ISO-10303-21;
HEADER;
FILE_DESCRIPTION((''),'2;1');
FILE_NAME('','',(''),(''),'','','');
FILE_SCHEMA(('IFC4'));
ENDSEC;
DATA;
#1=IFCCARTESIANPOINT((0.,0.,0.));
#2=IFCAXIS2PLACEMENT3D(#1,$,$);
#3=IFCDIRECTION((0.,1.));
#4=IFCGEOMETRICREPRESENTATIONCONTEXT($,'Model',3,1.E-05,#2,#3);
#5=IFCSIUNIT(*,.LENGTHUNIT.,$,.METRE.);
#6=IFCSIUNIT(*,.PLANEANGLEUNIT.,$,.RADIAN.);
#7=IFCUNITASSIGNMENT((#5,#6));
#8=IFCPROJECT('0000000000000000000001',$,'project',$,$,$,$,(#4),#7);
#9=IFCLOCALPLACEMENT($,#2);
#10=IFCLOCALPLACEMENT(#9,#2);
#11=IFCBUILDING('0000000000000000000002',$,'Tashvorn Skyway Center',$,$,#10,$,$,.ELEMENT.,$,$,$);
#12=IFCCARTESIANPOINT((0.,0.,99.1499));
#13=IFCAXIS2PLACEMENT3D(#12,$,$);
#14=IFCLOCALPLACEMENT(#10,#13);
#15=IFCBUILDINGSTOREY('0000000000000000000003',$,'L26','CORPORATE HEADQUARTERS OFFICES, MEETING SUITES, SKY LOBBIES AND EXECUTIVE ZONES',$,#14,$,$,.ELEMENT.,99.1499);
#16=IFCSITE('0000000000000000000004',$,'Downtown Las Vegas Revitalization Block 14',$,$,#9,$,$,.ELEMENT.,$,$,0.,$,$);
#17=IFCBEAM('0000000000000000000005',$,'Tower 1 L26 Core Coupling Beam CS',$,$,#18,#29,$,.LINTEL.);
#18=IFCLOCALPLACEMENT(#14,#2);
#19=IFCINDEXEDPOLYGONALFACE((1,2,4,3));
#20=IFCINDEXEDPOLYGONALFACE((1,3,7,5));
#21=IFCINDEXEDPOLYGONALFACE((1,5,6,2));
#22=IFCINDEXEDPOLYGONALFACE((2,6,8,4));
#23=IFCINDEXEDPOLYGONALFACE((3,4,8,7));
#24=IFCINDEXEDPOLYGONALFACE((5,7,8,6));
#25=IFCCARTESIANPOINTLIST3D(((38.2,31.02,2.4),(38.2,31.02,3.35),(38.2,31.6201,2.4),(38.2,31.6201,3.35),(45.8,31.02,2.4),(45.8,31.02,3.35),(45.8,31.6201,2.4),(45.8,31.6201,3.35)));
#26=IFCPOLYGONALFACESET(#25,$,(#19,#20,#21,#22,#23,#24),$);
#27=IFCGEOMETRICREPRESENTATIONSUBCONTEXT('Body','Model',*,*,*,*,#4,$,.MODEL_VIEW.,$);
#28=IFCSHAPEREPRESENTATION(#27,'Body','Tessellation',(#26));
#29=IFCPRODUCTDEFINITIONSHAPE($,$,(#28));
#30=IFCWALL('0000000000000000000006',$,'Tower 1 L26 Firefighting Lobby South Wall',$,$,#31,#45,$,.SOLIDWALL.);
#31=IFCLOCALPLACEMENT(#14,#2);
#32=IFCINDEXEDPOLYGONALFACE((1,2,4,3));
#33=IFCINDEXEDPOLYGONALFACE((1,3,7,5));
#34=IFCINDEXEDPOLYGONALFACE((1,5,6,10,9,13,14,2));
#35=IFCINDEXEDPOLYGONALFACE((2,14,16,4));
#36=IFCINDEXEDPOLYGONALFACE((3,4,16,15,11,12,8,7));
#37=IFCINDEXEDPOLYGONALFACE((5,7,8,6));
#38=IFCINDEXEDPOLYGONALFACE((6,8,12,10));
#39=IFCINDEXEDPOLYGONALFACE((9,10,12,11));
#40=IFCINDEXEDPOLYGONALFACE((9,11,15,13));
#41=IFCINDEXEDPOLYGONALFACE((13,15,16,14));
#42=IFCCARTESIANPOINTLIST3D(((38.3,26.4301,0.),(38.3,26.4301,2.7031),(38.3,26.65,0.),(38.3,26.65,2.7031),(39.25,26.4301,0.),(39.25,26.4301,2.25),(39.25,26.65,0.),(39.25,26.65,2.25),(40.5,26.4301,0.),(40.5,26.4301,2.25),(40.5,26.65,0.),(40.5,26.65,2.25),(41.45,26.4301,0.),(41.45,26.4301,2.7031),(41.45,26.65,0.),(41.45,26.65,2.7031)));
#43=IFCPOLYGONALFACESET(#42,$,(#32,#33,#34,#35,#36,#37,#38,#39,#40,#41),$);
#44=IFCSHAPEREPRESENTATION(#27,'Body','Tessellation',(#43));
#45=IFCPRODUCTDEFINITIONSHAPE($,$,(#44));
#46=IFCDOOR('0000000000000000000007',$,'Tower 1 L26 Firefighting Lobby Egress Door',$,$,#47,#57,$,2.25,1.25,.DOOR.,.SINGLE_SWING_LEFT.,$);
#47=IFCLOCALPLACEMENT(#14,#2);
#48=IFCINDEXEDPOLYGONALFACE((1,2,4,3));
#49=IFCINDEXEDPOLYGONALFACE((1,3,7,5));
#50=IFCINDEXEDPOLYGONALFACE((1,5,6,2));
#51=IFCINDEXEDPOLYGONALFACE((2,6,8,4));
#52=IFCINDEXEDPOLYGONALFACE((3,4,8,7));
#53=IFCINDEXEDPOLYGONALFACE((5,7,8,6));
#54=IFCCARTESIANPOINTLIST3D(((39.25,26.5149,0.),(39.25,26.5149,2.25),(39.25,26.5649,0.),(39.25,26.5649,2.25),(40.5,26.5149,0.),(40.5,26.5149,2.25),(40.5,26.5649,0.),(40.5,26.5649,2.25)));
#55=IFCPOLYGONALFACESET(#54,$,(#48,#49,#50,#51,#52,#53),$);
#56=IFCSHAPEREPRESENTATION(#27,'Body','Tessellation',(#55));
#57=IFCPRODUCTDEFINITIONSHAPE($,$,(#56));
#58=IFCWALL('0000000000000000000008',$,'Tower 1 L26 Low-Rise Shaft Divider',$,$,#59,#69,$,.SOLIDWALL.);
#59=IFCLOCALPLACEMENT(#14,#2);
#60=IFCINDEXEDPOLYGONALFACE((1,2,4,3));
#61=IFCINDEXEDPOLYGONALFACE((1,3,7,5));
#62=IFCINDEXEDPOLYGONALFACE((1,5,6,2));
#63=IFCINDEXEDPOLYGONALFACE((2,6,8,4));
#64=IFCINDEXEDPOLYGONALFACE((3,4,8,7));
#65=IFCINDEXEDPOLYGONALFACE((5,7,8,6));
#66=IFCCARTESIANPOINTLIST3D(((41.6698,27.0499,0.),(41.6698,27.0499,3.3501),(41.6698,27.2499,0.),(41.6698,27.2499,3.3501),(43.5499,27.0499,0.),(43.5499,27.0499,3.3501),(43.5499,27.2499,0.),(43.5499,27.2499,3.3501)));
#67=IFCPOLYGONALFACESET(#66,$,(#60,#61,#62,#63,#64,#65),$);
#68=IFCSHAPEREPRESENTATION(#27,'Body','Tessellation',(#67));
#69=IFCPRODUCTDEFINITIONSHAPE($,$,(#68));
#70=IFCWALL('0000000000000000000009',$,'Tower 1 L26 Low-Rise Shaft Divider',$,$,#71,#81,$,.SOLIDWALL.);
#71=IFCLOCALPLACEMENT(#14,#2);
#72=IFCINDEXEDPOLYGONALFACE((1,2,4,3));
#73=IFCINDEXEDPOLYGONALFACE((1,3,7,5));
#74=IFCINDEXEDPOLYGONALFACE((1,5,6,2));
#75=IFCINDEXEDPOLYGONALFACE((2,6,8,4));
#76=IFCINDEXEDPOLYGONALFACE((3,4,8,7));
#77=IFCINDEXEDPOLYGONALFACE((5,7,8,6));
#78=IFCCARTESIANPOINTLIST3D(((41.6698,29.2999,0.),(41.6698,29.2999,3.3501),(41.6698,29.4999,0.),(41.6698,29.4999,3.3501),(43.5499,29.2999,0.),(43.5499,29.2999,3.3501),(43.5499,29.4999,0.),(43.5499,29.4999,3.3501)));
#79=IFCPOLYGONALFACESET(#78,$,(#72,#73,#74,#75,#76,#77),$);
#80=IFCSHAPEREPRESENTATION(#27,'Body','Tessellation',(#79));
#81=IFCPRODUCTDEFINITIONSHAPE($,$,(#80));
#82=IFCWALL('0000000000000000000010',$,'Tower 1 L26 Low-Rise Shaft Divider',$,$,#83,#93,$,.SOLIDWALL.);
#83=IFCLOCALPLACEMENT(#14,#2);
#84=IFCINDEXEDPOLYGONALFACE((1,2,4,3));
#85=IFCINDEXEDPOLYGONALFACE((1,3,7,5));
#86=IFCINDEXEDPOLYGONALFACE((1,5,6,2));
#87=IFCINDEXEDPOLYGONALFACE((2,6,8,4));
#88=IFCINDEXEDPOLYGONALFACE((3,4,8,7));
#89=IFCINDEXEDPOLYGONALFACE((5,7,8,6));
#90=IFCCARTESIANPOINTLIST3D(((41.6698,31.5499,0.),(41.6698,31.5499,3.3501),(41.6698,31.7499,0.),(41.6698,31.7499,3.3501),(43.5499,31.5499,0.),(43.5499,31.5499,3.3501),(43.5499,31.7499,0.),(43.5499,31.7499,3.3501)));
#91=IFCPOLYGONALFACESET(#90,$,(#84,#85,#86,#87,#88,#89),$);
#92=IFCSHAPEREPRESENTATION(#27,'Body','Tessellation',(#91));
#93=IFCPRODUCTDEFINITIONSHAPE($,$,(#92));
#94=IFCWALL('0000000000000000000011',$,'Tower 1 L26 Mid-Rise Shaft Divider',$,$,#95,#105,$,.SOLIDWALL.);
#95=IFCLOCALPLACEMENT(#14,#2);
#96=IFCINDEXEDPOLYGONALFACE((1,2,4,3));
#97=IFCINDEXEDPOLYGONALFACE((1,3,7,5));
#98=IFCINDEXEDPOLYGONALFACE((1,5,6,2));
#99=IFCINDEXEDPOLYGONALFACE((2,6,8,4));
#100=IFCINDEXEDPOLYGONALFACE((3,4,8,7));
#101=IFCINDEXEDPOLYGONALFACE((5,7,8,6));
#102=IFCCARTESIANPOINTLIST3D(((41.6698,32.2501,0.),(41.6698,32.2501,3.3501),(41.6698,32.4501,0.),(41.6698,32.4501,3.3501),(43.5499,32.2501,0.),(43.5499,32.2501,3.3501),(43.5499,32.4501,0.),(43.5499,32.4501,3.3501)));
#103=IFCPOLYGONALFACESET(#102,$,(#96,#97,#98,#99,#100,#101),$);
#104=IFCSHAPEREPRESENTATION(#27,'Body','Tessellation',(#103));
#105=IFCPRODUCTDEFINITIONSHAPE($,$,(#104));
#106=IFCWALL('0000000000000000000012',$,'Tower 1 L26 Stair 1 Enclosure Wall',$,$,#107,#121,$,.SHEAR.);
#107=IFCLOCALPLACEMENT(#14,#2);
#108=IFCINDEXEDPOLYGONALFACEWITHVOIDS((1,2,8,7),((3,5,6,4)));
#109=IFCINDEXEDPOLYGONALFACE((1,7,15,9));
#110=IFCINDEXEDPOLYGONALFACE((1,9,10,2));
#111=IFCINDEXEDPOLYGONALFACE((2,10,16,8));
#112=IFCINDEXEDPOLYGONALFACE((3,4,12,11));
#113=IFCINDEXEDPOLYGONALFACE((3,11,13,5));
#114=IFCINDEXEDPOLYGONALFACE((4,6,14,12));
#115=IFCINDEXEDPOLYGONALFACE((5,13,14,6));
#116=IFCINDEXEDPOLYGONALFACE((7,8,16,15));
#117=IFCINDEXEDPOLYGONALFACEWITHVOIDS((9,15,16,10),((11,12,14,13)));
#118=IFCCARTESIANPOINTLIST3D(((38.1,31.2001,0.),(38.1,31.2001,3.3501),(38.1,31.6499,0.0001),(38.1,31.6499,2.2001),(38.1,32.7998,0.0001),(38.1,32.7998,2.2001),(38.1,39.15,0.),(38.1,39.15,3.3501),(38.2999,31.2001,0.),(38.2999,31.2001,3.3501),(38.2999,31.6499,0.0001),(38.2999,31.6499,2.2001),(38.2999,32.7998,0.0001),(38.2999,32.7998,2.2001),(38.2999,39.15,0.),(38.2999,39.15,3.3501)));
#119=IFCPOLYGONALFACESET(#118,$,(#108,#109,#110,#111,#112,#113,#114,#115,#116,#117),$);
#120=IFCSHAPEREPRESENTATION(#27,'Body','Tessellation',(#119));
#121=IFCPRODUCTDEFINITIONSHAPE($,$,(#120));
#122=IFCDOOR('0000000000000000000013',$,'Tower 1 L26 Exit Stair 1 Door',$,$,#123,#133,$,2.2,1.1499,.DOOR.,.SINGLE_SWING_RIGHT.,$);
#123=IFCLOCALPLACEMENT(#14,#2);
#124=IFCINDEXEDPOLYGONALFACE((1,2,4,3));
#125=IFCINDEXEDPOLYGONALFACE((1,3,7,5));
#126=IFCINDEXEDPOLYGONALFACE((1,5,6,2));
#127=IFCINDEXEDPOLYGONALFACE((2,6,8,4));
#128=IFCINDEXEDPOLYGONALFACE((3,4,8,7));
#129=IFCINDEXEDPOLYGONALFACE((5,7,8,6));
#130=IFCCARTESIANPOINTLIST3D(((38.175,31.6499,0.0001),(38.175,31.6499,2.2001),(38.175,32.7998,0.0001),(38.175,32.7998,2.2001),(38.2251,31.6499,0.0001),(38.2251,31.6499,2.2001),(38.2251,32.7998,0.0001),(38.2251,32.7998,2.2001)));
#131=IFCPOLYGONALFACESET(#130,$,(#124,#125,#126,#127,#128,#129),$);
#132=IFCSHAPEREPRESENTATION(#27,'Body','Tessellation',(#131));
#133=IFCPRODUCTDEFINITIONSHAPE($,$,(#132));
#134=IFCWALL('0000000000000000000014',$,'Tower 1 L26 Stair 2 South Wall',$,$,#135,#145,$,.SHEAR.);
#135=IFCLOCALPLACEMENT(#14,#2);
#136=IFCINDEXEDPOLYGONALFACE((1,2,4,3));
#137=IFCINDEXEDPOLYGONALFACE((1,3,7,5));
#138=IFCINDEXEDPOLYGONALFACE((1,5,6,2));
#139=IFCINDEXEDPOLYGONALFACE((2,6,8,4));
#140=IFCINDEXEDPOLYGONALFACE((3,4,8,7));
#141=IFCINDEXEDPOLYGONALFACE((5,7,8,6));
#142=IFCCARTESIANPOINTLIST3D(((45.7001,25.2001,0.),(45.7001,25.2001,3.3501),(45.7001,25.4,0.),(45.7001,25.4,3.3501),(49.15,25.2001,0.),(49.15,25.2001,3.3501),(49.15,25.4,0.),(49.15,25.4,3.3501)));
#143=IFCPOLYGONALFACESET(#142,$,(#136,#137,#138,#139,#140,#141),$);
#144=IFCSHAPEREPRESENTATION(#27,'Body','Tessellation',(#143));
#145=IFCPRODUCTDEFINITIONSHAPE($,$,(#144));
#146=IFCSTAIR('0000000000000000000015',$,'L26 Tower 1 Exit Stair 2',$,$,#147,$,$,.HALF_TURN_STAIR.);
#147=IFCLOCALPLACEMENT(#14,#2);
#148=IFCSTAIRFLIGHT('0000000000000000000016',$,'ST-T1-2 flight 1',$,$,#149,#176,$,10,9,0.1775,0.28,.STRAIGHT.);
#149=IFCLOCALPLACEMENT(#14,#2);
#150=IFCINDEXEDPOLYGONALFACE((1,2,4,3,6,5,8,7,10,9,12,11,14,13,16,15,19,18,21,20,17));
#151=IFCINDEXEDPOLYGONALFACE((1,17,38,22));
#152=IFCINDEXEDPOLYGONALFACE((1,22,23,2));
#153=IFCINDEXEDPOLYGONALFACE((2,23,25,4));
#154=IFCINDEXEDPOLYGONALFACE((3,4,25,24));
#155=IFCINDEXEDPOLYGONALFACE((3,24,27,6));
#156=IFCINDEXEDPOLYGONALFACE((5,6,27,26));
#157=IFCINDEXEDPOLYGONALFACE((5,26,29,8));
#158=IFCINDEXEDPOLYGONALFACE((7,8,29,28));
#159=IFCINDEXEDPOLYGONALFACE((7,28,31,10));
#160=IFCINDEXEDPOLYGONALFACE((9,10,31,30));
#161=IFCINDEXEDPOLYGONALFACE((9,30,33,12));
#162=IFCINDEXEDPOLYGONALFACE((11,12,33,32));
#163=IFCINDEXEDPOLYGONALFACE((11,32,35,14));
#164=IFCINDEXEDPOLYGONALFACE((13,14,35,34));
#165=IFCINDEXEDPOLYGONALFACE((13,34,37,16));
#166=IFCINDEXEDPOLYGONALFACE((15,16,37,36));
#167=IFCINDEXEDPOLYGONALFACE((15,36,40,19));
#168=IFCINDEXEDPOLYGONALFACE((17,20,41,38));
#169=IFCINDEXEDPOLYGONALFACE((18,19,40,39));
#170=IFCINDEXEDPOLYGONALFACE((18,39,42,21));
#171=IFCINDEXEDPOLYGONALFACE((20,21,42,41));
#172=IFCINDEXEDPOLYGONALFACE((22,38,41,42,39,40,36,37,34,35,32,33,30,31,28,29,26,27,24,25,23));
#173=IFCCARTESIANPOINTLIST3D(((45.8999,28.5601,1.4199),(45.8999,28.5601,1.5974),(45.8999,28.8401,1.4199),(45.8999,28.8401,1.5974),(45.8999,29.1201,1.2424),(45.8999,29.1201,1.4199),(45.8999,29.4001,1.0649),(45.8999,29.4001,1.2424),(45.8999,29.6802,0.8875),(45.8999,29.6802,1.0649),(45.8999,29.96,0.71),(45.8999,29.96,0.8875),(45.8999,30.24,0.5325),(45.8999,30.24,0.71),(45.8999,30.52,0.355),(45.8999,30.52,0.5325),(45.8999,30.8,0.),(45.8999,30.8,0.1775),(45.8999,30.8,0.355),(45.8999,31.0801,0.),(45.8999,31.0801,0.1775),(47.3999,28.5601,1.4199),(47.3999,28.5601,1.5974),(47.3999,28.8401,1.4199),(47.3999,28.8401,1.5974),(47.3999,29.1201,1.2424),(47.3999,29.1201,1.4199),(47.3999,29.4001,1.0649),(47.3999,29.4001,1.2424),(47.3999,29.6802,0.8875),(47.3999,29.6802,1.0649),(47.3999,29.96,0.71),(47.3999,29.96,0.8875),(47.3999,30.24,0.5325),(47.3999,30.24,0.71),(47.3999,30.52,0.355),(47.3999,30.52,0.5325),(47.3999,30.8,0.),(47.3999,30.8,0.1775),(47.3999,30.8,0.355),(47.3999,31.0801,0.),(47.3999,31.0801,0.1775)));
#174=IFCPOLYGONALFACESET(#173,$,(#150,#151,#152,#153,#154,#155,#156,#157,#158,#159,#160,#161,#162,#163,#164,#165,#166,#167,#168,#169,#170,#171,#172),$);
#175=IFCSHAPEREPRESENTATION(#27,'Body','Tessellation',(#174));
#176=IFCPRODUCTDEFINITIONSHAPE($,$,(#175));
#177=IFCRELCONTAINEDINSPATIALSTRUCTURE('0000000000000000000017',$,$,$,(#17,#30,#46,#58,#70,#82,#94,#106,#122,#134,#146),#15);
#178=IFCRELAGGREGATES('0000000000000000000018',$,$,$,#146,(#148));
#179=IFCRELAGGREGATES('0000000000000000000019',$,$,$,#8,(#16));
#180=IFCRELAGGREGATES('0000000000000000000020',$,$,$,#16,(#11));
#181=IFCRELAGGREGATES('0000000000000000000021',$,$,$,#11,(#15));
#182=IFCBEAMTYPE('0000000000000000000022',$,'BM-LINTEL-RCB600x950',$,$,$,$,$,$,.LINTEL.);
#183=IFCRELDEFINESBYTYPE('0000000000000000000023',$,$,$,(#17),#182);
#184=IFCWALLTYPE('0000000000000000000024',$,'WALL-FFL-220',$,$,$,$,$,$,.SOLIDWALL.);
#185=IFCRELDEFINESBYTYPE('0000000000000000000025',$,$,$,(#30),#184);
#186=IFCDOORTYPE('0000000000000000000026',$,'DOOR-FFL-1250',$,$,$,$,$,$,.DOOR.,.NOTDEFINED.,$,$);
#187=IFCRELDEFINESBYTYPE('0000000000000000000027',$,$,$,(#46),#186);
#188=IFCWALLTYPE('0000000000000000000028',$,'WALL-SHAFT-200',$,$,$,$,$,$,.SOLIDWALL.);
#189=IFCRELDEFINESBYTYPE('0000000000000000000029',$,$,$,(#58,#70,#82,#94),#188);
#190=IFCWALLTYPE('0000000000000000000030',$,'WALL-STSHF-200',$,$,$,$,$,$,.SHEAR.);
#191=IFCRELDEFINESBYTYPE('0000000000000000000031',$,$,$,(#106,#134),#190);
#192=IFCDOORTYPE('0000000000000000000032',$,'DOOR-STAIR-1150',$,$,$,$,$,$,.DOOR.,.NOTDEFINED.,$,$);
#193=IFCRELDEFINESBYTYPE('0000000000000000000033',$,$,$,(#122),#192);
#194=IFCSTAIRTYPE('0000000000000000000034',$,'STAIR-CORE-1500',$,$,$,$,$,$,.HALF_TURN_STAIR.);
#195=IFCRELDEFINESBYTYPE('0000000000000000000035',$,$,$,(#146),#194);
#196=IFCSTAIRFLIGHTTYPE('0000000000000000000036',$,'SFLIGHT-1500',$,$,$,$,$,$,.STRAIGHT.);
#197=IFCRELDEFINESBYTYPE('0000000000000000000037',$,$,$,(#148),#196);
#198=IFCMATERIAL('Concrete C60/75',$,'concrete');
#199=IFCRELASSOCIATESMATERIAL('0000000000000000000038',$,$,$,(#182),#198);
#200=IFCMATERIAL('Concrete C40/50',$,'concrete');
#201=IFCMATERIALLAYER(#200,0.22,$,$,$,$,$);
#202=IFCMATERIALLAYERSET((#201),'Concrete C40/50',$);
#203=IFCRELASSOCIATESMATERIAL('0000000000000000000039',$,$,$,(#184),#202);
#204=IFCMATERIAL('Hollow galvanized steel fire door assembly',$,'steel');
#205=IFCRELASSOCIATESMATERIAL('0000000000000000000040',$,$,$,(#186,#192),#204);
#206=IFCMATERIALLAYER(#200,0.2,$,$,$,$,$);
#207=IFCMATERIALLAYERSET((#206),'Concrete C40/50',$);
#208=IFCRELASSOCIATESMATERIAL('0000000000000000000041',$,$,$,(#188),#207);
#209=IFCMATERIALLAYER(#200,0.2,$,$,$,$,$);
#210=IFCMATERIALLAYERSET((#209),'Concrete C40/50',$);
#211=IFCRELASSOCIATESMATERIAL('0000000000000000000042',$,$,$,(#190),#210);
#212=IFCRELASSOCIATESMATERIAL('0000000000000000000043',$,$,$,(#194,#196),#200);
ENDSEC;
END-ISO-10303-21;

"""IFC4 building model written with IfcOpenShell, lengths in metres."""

from ifc_helpers import new_model, si_unit, direction, frame, frame_2d, origin, origin_2d, place, context, subcontext, project, spatial, polyline, rectangle, outline, extrude, material, layer, layer_set, material_profile, profile_set, type_object, element, fill, aggregate, save


model = new_model("IFC4")

# Units and contexts
model_context = context("Model", 3, precision=1e-05, world=origin(), true_north=direction((0.0, 1.0)))
body_context = subcontext(model_context, "Body", "Model", "MODEL_VIEW")
ifc_project = project(units=[si_unit("LENGTHUNIT", "METRE"), si_unit("PLANEANGLEUNIT", "RADIAN")], contexts=[model_context])

# Site, building, storey
site_placement = place(None, origin())
site = spatial("IfcSite", under=ifc_project, at=site_placement, Name="Downtown Las Vegas Revitalization Block 14", CompositionType="ELEMENT", RefElevation=0.0)
building_placement = place(site_placement, origin())
building = spatial("IfcBuilding", under=site, at=building_placement, Name="Tashvorn Skyway Center", CompositionType="ELEMENT")
storey_placement = place(building_placement, frame((0.0, 0.0, 99.1499)))
storey = spatial("IfcBuildingStorey", under=building, at=storey_placement, Name="L26", Description="CORPORATE HEADQUARTERS OFFICES, MEETING SUITES, SKY LOBBIES AND EXECUTIVE ZONES", CompositionType="ELEMENT", Elevation=99.1499)

# Beam
ifc_material_1 = material(Name="Concrete C60/75", Category="concrete")
ifc_material_profile = material_profile(ifc_material_1, rectangle(XDim=0.6001, YDim=0.95, at=origin_2d()), Name="RCB600x950")
ifc_profile_set = profile_set([ifc_material_profile], Name="Concrete C60/75")
beam_type = type_object("IfcBeamType", Name="BM-LINTEL-RCB600x950", PredefinedType="LINTEL", material=ifc_profile_set)
beam_placement = place(storey_placement, frame((38.2, 31.3201, 2.875), z_axis=(1.0, 0.0, 0.0), x_axis=(0.0, 1.0, 0.0)))
element("IfcBeam", 1, at=beam_placement, inside=storey, type_object=beam_type, Name="Tower 1 L26 Core Coupling Beam CS", PredefinedType="LINTEL", context=body_context, shape_type="SweptSolid", body=[
    extrude(rectangle(XDim=0.6001, YDim=0.95, at=origin_2d()), origin(), (0.0, 0.0, 1.0), 7.6001),
])

# Wall, opening, door
ifc_material_2 = material(Name="Concrete C40/50", Category="concrete")
ifc_layer_1 = layer(ifc_material_2, 0.22)
ifc_layer_set_1 = layer_set([ifc_layer_1], Name="Concrete C40/50")
wall_type_1 = type_object("IfcWallType", Name="WALL-FFL-220", PredefinedType="SOLIDWALL", material=ifc_layer_set_1)
wall_1_placement = place(storey_placement, frame((38.3, 26.54, 0.0), z_axis=(0.0, 0.0, 1.0), x_axis=(1.0, 0.0, 0.0)))
wall_1 = element("IfcWall", 2, at=wall_1_placement, inside=storey, type_object=wall_type_1, Name="Tower 1 L26 Firefighting Lobby South Wall", PredefinedType="SOLIDWALL", context=body_context, shape_type="SweptSolid", body=[
    extrude(rectangle(XDim=3.1499, YDim=0.22, at=frame_2d((1.575, 0.0))), origin(), (0.0, 0.0, 1.0), 2.7031),
])
opening_1_placement = place(wall_1_placement, frame((0.95, 0.0, 0.0)))
opening_1 = element("IfcOpeningElement", 3, at=opening_1_placement, cuts=wall_1, PredefinedType="OPENING", context=body_context, shape_type="SweptSolid", body=[
    extrude(rectangle(XDim=1.25, YDim=2.25, at=frame_2d((0.625, 1.125))), frame((0.0, 0.1199, 0.0), z_axis=(0.0, -1.0, 0.0), x_axis=(1.0, 0.0, 0.0)), (0.0, 0.0, 1.0), 0.24),
])
ifc_material_3 = material(Name="Hollow galvanized steel fire door assembly", Category="steel")
door_type_1 = type_object("IfcDoorType", Name="DOOR-FFL-1250", OperationType="NOTDEFINED", PredefinedType="DOOR", material=ifc_material_3)
door_1_placement = place(opening_1_placement, origin())
door_1 = element("IfcDoor", 4, at=door_1_placement, inside=storey, type_object=door_type_1, Name="Tower 1 L26 Firefighting Lobby Egress Door", OperationType="SINGLE_SWING_LEFT", OverallHeight=2.25, OverallWidth=1.25, PredefinedType="DOOR", context=body_context, shape_type="SweptSolid", body=[
    extrude(rectangle(XDim=1.25, YDim=2.25, at=frame_2d((0.625, 1.125))), frame((0.0, 0.0249, 0.0), z_axis=(0.0, -1.0, 0.0), x_axis=(1.0, 0.0, 0.0)), (0.0, 0.0, 1.0), 0.05),
])
fill(opening_1, door_1)

# Walls
ifc_layer_2 = layer(ifc_material_2, 0.2)
ifc_layer_set_2 = layer_set([ifc_layer_2], Name="Concrete C40/50")
wall_type_2 = type_object("IfcWallType", Name="WALL-SHAFT-200", PredefinedType="SOLIDWALL", material=ifc_layer_set_2)
for number, where, z_axis, x_axis, name in (
    (5, (41.6699, 27.1499, 0.0), (0.0, 0.0, 1.0), (1.0, 0.0, 0.0), "Tower 1 L26 Low-Rise Shaft Divider"),
    (6, (41.6699, 29.3999, 0.0), (0.0, 0.0, 1.0), (1.0, 0.0, 0.0), "Tower 1 L26 Low-Rise Shaft Divider"),
    (7, (41.6699, 31.6499, 0.0), (0.0, 0.0, 1.0), (1.0, 0.0, 0.0), "Tower 1 L26 Low-Rise Shaft Divider"),
    (8, (41.6699, 32.3501, 0.0), (0.0, 0.0, 1.0), (1.0, 0.0, 0.0), "Tower 1 L26 Mid-Rise Shaft Divider"),
):
    element("IfcWall", number, at=place(storey_placement, frame(where, z_axis=z_axis, x_axis=x_axis)), inside=storey, type_object=wall_type_2, Name=name, PredefinedType="SOLIDWALL", context=body_context, shape_type="SweptSolid", body=[
        extrude(rectangle(XDim=1.8801, YDim=0.2, at=frame_2d((0.9399, 0.0))), origin(), (0.0, 0.0, 1.0), 3.3501),
    ])

# Wall, opening, door
ifc_layer_3 = layer(ifc_material_2, 0.2)
ifc_layer_set_3 = layer_set([ifc_layer_3], Name="Concrete C40/50")
wall_type_3 = type_object("IfcWallType", Name="WALL-STSHF-200", PredefinedType="SHEAR", material=ifc_layer_set_3)
wall_2_placement = place(storey_placement, frame((38.2, 31.2, 0.0), z_axis=(0.0, 0.0, 1.0), x_axis=(0.0, 1.0, 0.0)))
wall_2 = element("IfcWall", 9, at=wall_2_placement, inside=storey, type_object=wall_type_3, Name="Tower 1 L26 Stair 1 Enclosure Wall", PredefinedType="SHEAR", context=body_context, shape_type="SweptSolid", body=[
    extrude(rectangle(XDim=7.95, YDim=0.2, at=frame_2d((3.9751, 0.0))), origin(), (0.0, 0.0, 1.0), 3.3501),
])
opening_2_placement = place(wall_2_placement, frame((0.45, 0.0, 0.0)))
opening_2 = element("IfcOpeningElement", 10, at=opening_2_placement, cuts=wall_2, PredefinedType="OPENING", context=body_context, shape_type="SweptSolid", body=[
    extrude(rectangle(XDim=1.1499, YDim=2.2, at=frame_2d((0.575, 1.1001))), frame((0.0, 0.1099, 0.0), z_axis=(0.0, -1.0, 0.0), x_axis=(1.0, 0.0, 0.0)), (0.0, 0.0, 1.0), 0.22),
])
door_type_2 = type_object("IfcDoorType", Name="DOOR-STAIR-1150", OperationType="NOTDEFINED", PredefinedType="DOOR", material=ifc_material_3)
door_2_placement = place(opening_2_placement, origin())
door_2 = element("IfcDoor", 11, at=door_2_placement, inside=storey, type_object=door_type_2, Name="Tower 1 L26 Exit Stair 1 Door", OperationType="SINGLE_SWING_RIGHT", OverallHeight=2.2, OverallWidth=1.1499, PredefinedType="DOOR", context=body_context, shape_type="SweptSolid", body=[
    extrude(rectangle(XDim=1.1499, YDim=2.2, at=frame_2d((0.575, 1.1001))), frame((0.0, 0.0249, 0.0), z_axis=(0.0, -1.0, 0.0), x_axis=(1.0, 0.0, 0.0)), (0.0, 0.0, 1.0), 0.05),
])
fill(opening_2, door_2)

# Wall
wall_3_placement = place(storey_placement, frame((45.7, 25.3, 0.0), z_axis=(0.0, 0.0, 1.0), x_axis=(1.0, 0.0, 0.0)))
element("IfcWall", 12, at=wall_3_placement, inside=storey, type_object=wall_type_3, Name="Tower 1 L26 Stair 2 South Wall", PredefinedType="SHEAR", context=body_context, shape_type="SweptSolid", body=[
    extrude(rectangle(XDim=3.45, YDim=0.2, at=frame_2d((1.7251, 0.0))), origin(), (0.0, 0.0, 1.0), 3.3501),
])

# Stair, stair flight
stair_type = type_object("IfcStairType", Name="STAIR-CORE-1500", PredefinedType="HALF_TURN_STAIR", material=ifc_material_2)
stair_placement = place(storey_placement, origin())
stair = element("IfcStair", 13, at=stair_placement, inside=storey, type_object=stair_type, Name="L26 Tower 1 Exit Stair 2", PredefinedType="HALF_TURN_STAIR")
stair_flight_type = type_object("IfcStairFlightType", Name="SFLIGHT-1500", PredefinedType="STRAIGHT", material=ifc_material_2)
stair_flight_placement = place(storey_placement, frame((46.6499, 31.0801, 0.0), z_axis=(0.0, 0.0, 1.0), x_axis=(0.0, -1.0, 0.0)))
stair_flight = element("IfcStairFlight", 14, at=stair_flight_placement, type_object=stair_flight_type, Name="ST-T1-2 flight 1", NumberOfRisers=10, NumberOfTreads=9, PredefinedType="STRAIGHT", RiserHeight=0.1775, TreadLength=0.28, context=body_context, shape_type="SweptSolid", body=[
    extrude(outline(polyline([(0.0, 0.0), (0.0, 0.1775), (0.28, 0.1775), (0.28, 0.355), (0.5601, 0.355), (0.5601, 0.5325), (0.8401, 0.5325), (0.8401, 0.71), (1.1201, 0.71), (1.1201, 0.8875), (1.3999, 0.8875), (1.3999, 1.0649), (1.6799, 1.0649), (1.6799, 1.2424), (1.96, 1.2424), (1.96, 1.4199), (2.24, 1.4199), (2.24, 1.5974), (2.52, 1.5974), (2.52, 1.7749), (2.52, 1.4199), (0.28, 0.0), (0.0, 0.0)])), frame((0.0, 0.75, 0.0), z_axis=(0.0, -1.0, 0.0), x_axis=(1.0, 0.0, 0.0)), (0.0, 0.0, 1.0), 1.5),
])
aggregate(stair, [stair_flight])

save(model, "model.ifc")
